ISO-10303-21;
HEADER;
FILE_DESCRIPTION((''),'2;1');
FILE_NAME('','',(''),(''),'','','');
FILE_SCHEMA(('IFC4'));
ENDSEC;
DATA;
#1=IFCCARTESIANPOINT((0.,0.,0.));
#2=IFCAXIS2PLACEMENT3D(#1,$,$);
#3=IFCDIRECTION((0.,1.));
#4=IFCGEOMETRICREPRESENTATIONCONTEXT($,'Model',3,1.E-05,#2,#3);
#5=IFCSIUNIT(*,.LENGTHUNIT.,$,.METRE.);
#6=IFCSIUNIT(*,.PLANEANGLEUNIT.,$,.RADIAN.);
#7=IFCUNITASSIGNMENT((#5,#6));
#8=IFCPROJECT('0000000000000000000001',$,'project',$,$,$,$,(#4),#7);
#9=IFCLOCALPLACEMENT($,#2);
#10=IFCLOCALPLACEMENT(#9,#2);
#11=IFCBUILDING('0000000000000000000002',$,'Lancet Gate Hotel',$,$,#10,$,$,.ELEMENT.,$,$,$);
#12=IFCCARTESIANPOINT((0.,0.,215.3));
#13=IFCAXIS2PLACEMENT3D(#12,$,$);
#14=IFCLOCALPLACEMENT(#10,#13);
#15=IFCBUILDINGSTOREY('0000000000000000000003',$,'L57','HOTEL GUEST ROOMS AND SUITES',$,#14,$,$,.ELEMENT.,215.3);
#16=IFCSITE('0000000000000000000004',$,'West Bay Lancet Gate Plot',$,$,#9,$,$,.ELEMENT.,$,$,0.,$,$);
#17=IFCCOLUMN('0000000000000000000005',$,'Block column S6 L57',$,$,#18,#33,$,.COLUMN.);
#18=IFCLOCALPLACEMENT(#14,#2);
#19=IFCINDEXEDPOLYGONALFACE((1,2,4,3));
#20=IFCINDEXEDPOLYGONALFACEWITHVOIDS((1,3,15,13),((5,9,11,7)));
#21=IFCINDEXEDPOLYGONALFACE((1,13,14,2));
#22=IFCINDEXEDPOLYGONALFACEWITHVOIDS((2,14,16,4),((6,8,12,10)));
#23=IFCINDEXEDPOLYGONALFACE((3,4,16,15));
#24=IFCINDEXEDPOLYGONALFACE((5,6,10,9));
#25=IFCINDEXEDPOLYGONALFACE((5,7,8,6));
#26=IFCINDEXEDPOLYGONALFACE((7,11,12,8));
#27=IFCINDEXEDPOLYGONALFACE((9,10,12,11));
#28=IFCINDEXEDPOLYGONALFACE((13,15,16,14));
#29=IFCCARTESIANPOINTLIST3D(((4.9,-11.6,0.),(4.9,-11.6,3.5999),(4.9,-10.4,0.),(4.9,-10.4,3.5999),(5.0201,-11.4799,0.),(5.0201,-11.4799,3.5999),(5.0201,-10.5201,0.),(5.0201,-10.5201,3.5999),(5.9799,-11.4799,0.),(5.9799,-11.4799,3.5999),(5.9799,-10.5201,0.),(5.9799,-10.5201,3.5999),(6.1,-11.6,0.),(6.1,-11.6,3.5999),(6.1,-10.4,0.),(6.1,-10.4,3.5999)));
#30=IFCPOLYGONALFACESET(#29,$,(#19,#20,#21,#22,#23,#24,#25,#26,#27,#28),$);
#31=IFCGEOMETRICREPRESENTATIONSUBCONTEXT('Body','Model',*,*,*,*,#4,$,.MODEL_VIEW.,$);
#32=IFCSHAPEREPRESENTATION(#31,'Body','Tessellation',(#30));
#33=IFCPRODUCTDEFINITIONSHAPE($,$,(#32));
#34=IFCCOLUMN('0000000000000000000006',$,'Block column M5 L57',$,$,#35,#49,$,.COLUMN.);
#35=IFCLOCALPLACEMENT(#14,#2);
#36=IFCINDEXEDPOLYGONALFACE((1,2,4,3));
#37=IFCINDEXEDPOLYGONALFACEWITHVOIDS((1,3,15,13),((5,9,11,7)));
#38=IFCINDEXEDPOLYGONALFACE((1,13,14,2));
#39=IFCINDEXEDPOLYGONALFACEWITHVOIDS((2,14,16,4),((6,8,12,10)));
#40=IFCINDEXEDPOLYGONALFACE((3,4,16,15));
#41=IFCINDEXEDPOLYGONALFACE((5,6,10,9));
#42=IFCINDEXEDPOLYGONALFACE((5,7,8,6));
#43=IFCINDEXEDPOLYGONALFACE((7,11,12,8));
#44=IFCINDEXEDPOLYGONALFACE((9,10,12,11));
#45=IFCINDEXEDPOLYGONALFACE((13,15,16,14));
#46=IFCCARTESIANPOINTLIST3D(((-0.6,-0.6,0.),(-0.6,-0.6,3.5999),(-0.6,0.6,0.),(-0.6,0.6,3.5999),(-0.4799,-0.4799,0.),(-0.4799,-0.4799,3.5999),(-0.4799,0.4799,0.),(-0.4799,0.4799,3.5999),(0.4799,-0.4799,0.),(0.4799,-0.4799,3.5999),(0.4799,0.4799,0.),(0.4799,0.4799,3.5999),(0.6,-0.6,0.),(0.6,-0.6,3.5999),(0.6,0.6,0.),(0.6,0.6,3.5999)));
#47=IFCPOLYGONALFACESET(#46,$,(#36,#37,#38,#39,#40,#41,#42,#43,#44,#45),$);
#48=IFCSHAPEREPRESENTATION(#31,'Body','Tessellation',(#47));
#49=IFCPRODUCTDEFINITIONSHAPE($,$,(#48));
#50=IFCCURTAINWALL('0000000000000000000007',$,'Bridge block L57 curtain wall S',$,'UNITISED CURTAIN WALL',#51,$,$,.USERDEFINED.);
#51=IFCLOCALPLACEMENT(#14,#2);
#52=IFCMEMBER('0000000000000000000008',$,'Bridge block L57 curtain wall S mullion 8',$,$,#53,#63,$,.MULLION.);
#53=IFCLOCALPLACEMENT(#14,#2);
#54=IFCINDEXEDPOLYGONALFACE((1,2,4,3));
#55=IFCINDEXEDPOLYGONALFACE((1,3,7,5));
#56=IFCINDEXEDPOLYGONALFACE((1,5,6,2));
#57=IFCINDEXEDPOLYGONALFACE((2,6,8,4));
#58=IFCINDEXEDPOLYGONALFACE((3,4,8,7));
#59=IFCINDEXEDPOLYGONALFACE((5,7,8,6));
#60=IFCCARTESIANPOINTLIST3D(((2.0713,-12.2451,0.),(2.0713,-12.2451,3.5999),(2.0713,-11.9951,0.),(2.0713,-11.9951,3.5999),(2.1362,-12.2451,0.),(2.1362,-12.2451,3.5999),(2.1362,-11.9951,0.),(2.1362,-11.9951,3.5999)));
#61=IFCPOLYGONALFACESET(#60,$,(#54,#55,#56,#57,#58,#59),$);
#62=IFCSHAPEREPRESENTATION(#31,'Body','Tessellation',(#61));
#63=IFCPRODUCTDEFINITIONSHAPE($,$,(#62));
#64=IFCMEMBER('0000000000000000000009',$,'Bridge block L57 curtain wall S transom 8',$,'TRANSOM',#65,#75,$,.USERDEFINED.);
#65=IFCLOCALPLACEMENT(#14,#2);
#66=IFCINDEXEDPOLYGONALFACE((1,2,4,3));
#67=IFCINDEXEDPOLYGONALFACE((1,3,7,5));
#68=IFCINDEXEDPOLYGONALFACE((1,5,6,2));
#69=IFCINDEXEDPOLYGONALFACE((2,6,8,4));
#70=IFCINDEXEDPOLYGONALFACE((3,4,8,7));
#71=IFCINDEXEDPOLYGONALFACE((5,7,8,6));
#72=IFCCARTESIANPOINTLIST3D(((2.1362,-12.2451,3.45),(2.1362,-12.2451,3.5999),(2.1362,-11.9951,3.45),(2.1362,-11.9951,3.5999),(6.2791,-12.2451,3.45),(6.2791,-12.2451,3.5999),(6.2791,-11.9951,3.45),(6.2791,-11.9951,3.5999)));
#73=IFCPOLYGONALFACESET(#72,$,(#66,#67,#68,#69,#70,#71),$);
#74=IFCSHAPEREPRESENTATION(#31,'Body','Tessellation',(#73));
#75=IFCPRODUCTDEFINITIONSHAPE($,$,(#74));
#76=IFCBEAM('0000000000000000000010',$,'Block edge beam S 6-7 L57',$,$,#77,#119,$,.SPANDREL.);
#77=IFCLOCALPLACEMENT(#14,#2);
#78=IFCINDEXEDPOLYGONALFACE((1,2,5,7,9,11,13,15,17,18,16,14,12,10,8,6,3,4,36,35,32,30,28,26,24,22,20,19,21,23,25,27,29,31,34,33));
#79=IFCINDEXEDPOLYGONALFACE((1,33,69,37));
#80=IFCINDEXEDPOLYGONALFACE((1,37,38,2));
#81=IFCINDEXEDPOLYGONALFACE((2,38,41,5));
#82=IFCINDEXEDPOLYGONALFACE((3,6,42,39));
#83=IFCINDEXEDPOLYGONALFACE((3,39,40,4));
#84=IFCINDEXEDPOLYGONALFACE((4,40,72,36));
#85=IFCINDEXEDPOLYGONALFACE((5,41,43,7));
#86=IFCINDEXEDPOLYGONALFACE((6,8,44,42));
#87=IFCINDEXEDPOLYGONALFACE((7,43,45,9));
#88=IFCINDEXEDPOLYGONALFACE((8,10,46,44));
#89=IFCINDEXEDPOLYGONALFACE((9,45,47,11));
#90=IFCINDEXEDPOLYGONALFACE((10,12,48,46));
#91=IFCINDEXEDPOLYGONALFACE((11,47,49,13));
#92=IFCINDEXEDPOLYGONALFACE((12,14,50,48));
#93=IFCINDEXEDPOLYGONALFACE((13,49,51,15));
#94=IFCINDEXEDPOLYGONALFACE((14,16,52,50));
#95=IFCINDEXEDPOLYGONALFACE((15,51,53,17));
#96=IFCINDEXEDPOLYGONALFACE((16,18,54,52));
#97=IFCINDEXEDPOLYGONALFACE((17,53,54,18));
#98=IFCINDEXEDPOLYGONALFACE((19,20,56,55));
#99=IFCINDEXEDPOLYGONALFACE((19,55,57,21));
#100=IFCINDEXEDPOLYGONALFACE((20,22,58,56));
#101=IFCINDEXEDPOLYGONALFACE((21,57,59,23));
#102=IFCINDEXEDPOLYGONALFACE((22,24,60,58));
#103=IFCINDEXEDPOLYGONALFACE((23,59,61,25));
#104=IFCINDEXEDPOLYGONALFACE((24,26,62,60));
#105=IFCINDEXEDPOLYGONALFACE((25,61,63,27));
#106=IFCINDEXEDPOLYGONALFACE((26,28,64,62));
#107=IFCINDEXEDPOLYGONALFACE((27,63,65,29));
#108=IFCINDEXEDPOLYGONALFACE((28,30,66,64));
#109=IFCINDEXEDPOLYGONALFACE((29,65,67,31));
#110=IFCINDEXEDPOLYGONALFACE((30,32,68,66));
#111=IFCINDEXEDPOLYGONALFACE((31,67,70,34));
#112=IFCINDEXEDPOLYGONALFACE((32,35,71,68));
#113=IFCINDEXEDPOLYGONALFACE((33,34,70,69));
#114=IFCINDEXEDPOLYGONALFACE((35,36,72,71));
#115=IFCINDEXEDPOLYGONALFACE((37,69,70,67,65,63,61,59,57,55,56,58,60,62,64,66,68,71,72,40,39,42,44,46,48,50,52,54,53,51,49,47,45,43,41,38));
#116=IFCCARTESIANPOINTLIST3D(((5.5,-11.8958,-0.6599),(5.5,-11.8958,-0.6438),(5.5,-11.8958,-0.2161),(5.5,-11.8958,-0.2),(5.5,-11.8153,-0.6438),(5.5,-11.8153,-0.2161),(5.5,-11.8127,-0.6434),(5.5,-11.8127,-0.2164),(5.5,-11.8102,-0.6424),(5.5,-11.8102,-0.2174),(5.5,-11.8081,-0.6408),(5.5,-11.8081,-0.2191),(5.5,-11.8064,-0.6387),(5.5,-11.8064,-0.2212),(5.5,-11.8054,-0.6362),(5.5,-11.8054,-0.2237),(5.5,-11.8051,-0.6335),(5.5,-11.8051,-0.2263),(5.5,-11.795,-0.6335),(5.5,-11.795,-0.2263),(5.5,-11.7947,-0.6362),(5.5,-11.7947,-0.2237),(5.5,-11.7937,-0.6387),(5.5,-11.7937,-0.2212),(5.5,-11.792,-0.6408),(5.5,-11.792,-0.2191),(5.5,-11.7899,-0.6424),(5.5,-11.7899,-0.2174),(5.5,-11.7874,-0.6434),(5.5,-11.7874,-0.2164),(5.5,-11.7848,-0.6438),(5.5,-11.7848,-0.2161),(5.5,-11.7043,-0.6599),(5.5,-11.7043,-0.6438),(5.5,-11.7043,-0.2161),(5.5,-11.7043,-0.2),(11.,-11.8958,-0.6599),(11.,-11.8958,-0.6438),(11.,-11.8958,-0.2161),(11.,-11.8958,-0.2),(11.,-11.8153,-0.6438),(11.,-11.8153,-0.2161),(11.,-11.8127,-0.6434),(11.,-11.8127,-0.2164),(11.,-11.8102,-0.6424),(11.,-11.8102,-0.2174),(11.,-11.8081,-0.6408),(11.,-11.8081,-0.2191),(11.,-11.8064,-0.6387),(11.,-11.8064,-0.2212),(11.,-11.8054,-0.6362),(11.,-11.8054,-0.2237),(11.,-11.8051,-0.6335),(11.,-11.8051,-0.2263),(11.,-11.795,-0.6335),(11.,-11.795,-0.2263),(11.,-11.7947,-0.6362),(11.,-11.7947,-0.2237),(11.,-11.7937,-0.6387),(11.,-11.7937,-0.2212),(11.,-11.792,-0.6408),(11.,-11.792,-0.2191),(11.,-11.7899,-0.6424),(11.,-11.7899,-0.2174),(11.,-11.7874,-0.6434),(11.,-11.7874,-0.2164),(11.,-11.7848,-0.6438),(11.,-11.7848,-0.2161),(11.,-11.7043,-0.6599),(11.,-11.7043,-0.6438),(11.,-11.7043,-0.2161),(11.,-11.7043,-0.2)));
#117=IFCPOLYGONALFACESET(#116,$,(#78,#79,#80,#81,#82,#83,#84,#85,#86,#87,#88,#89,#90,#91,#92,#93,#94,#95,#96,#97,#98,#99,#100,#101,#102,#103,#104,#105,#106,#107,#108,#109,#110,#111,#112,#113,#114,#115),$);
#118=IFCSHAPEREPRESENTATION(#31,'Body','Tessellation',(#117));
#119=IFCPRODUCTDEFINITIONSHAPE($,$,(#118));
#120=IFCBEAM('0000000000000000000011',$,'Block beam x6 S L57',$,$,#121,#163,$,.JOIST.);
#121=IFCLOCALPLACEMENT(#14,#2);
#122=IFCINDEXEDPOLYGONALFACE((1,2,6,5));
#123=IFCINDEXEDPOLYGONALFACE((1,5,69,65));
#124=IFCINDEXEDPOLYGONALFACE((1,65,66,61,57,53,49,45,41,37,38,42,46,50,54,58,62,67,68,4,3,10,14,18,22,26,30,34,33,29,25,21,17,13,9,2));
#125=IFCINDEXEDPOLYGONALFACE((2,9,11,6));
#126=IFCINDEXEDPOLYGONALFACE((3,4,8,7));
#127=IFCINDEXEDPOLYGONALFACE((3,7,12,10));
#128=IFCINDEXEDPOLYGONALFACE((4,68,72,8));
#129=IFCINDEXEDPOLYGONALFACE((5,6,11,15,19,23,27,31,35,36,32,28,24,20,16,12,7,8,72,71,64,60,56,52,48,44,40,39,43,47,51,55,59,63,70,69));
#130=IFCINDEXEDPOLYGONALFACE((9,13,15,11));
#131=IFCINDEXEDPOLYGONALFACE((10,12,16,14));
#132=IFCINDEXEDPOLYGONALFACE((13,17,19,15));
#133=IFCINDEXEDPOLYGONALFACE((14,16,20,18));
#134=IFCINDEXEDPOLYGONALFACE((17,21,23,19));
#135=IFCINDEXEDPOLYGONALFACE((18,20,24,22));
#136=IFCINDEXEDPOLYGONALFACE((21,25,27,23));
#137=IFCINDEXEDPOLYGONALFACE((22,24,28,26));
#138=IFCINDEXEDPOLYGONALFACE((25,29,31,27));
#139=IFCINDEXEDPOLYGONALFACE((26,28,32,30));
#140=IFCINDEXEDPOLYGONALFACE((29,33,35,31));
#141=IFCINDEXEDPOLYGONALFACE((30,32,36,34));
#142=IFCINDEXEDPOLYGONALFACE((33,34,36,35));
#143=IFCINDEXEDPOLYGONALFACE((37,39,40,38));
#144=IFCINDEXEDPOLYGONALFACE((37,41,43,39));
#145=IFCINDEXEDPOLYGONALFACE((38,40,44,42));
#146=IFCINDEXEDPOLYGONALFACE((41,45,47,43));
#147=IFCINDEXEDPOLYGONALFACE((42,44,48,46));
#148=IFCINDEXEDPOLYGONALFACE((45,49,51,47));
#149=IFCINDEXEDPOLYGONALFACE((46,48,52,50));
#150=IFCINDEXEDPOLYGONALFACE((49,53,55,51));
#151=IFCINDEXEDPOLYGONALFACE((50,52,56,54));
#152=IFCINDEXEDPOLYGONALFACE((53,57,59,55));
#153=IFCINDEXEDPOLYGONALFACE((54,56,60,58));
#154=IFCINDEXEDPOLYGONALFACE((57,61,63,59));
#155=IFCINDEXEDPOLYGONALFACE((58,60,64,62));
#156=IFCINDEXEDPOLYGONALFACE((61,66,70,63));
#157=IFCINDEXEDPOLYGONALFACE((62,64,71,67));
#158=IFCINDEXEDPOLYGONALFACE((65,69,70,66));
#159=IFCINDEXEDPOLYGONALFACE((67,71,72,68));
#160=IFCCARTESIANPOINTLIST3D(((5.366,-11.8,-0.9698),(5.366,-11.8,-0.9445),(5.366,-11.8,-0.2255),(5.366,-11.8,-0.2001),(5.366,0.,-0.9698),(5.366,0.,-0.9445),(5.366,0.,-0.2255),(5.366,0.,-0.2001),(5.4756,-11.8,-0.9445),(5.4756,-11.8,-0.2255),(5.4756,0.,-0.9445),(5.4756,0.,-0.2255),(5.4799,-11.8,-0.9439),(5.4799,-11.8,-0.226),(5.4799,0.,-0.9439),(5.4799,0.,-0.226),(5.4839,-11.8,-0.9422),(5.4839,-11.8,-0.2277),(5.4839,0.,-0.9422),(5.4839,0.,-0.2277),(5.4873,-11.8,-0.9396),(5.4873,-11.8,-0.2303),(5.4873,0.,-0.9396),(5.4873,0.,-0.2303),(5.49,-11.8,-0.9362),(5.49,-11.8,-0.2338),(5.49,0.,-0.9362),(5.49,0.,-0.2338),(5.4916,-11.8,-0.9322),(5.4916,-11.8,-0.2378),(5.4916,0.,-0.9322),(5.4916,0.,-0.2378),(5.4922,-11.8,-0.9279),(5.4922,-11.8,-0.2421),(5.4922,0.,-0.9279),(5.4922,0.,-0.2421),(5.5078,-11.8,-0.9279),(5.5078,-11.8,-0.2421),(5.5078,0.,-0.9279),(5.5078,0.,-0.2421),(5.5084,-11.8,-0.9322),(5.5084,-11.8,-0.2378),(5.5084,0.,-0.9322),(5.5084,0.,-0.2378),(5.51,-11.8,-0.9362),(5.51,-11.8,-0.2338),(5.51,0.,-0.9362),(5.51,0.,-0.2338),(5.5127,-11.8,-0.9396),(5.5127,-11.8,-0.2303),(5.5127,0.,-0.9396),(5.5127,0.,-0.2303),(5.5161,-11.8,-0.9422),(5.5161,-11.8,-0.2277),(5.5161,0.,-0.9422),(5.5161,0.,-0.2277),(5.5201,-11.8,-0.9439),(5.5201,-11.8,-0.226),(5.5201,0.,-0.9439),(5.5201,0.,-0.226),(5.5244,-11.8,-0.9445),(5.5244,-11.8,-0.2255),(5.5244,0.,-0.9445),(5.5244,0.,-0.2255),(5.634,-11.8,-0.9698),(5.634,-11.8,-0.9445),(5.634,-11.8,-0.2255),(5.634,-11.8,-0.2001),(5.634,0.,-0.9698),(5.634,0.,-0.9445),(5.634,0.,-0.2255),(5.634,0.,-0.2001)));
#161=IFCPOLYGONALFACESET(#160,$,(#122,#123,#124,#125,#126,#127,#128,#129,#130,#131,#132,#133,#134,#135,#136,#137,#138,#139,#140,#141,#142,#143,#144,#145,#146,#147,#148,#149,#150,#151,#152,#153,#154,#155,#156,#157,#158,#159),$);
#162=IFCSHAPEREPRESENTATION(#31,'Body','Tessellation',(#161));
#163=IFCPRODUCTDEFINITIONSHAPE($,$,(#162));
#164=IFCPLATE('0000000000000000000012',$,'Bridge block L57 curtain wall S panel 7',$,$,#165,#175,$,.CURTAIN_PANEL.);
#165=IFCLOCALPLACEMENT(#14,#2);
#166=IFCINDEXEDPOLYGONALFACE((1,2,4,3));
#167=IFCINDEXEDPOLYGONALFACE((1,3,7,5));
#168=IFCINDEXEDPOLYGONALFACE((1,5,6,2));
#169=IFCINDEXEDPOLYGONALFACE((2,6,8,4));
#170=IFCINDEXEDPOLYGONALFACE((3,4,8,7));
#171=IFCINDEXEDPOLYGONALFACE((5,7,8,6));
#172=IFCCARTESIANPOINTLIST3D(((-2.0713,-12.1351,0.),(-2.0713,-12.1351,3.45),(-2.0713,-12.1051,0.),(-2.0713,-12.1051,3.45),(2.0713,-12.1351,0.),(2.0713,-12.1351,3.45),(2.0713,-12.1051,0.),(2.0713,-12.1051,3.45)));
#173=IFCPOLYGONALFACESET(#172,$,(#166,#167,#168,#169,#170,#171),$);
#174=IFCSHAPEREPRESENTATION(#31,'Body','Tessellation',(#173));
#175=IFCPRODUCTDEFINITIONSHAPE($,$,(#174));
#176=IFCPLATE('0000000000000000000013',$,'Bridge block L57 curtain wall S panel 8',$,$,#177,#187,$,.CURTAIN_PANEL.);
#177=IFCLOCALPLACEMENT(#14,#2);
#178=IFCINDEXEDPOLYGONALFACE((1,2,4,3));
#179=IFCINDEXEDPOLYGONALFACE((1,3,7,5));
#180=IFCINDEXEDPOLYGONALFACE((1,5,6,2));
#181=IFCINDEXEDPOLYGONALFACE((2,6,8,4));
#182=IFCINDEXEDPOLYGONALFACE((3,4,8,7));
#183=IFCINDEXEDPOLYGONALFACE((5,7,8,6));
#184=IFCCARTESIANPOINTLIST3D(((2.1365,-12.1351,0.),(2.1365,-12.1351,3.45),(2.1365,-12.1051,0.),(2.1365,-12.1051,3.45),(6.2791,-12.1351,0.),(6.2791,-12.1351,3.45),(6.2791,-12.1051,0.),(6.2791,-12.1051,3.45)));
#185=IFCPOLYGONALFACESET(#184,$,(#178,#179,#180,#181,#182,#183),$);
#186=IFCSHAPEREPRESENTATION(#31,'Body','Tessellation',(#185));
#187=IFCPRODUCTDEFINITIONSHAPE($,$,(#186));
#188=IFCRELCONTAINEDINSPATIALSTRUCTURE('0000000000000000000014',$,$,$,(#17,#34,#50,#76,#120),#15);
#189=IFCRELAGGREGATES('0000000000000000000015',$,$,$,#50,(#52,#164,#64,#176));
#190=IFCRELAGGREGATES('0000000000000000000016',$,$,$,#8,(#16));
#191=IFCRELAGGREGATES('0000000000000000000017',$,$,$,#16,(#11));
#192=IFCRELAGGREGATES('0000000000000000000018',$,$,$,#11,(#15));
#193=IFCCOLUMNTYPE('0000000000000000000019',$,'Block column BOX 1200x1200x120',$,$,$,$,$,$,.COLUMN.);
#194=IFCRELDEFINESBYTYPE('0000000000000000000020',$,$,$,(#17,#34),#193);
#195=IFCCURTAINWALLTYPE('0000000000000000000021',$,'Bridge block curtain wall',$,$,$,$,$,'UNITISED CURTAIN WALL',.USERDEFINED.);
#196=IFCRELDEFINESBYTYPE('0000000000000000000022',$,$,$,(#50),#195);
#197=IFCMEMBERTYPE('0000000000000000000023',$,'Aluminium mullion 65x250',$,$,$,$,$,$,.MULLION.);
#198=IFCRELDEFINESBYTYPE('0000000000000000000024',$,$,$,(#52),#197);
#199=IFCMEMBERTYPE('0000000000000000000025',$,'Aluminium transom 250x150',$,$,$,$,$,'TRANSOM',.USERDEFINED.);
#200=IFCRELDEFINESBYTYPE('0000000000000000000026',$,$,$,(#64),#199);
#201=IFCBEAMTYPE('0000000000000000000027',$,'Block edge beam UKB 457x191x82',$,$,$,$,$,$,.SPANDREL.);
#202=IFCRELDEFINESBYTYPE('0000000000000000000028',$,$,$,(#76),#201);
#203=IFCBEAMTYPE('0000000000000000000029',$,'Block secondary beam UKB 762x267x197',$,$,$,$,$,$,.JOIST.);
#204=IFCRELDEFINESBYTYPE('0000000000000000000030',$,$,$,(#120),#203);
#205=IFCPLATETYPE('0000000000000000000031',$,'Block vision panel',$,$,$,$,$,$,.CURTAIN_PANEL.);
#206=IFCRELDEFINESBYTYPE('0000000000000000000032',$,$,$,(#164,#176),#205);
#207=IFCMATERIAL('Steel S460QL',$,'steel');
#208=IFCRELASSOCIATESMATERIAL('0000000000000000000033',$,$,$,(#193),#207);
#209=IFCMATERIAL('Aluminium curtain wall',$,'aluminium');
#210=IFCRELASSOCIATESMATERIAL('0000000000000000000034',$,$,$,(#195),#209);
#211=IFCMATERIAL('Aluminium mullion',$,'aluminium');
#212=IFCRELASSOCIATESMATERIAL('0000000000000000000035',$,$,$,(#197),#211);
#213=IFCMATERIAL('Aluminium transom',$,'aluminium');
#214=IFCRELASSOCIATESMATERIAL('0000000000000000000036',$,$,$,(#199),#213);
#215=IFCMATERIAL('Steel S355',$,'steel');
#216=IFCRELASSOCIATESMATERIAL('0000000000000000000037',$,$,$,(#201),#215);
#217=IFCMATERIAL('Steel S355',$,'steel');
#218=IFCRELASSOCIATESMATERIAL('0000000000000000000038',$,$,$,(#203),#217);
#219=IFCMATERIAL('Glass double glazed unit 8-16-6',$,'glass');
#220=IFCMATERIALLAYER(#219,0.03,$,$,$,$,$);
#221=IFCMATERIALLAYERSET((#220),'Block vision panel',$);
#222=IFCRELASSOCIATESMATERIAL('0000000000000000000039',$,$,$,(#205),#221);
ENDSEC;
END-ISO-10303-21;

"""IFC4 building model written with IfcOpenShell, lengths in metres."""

from ifc_helpers import new_model, si_unit, direction, frame, origin, origin_2d, place, context, subcontext, project, spatial, rectangle, hollow_rectangle, i_section, extrude, material, layer, layer_set, material_profile, profile_set, type_object, element, aggregate, save


model = new_model("IFC4")

# Units and contexts
model_context = context("Model", 3, precision=1e-05, world=origin(), true_north=direction((0.0, 1.0)))
body_context = subcontext(model_context, "Body", "Model", "MODEL_VIEW")
ifc_project = project(units=[si_unit("LENGTHUNIT", "METRE"), si_unit("PLANEANGLEUNIT", "RADIAN")], contexts=[model_context])

# Site, building, storey
site_placement = place(None, origin())
site = spatial("IfcSite", under=ifc_project, at=site_placement, Name="West Bay Lancet Gate Plot", CompositionType="ELEMENT", RefElevation=0.0)
building_placement = place(site_placement, origin())
building = spatial("IfcBuilding", under=site, at=building_placement, Name="Lancet Gate Hotel", CompositionType="ELEMENT")
storey_placement = place(building_placement, frame((0.0, 0.0, 215.3)))
storey = spatial("IfcBuildingStorey", under=building, at=storey_placement, Name="L57", Description="HOTEL GUEST ROOMS AND SUITES", CompositionType="ELEMENT", Elevation=215.3)

# Columns
ifc_material_1 = material(Name="Steel S460QL", Category="steel")
ifc_material_profile_1 = material_profile(ifc_material_1, hollow_rectangle(XDim=1.2, YDim=1.2, WallThickness=0.1201, at=origin_2d()), Name="BOX 1200x1200x120")
ifc_profile_set_1 = profile_set([ifc_material_profile_1], Name="Steel S460QL")
column_type = type_object("IfcColumnType", Name="Block column BOX 1200x1200x120", PredefinedType="COLUMN", material=ifc_profile_set_1)
for number, where, z_axis, x_axis, name in (
    (1, (5.5, -11.0, 0.0), (0.0, 0.0, 1.0), (1.0, 0.0, 0.0), "Block column S6 L57"),
    (2, (0.0, 0.0, 0.0), (0.0, 0.0, 1.0), (1.0, 0.0, 0.0), "Block column M5 L57"),
):
    element("IfcColumn", number, at=place(storey_placement, frame(where, z_axis=z_axis, x_axis=x_axis)), inside=storey, type_object=column_type, Name=name, PredefinedType="COLUMN", context=body_context, shape_type="SweptSolid", body=[
        extrude(hollow_rectangle(XDim=1.2, YDim=1.2, WallThickness=0.1201, at=origin_2d()), origin(), (0.0, 0.0, 1.0), 3.5999),
    ])

# Curtain wall, members
ifc_material_2 = material(Name="Aluminium curtain wall", Category="aluminium")
curtain_wall_type = type_object("IfcCurtainWallType", Name="Bridge block curtain wall", ElementType="UNITISED CURTAIN WALL", PredefinedType="USERDEFINED", material=ifc_material_2)
curtain_wall_placement = place(storey_placement, origin())
curtain_wall = element("IfcCurtainWall", 3, at=curtain_wall_placement, inside=storey, type_object=curtain_wall_type, Name="Bridge block L57 curtain wall S", ObjectType="UNITISED CURTAIN WALL", PredefinedType="USERDEFINED")
ifc_material_3 = material(Name="Aluminium mullion", Category="aluminium")
ifc_material_profile_2 = material_profile(ifc_material_3, rectangle(XDim=0.0649, YDim=0.25, at=origin_2d()), Name="MULLION 65x250")
ifc_profile_set_2 = profile_set([ifc_material_profile_2], Name="Aluminium mullion")
member_type_1 = type_object("IfcMemberType", Name="Aluminium mullion 65x250", PredefinedType="MULLION", material=ifc_profile_set_2)
member_1_placement = place(storey_placement, frame((2.1038, -12.1201, 0.0), z_axis=(0.0, 0.0, 1.0), x_axis=(1.0, 0.0, 0.0)))
member_1 = element("IfcMember", 4, at=member_1_placement, type_object=member_type_1, Name="Bridge block L57 curtain wall S mullion 8", PredefinedType="MULLION", context=body_context, shape_type="SweptSolid", body=[
    extrude(rectangle(XDim=0.0649, YDim=0.25, at=origin_2d()), origin(), (0.0, 0.0, 1.0), 3.5999),
])
ifc_material_4 = material(Name="Aluminium transom", Category="aluminium")
ifc_material_profile_3 = material_profile(ifc_material_4, rectangle(XDim=0.25, YDim=0.1499, at=origin_2d()), Name="TRANSOM 250x150")
ifc_profile_set_3 = profile_set([ifc_material_profile_3], Name="Aluminium transom")
member_type_2 = type_object("IfcMemberType", Name="Aluminium transom 250x150", ElementType="TRANSOM", PredefinedType="USERDEFINED", material=ifc_profile_set_3)
member_2_placement = place(storey_placement, frame((2.1362, -12.1201, 3.5249), z_axis=(1.0, 0.0, 0.0), x_axis=(0.0, 1.0, 0.0)))
member_2 = element("IfcMember", 5, at=member_2_placement, type_object=member_type_2, Name="Bridge block L57 curtain wall S transom 8", ObjectType="TRANSOM", PredefinedType="USERDEFINED", context=body_context, shape_type="SweptSolid", body=[
    extrude(rectangle(XDim=0.25, YDim=0.1499, at=origin_2d()), origin(), (0.0, 0.0, 1.0), 4.1428),
])

# Beams
ifc_material_5 = material(Name="Steel S355", Category="steel")
ifc_material_profile_4 = material_profile(ifc_material_5, i_section(OverallWidth=0.1914, OverallDepth=0.46, WebThickness=0.01, FlangeThickness=0.0161, FilletRadius=0.0103, at=origin_2d()), Name="UKB 457x191x82")
ifc_profile_set_4 = profile_set([ifc_material_profile_4], Name="Steel S355")
beam_type_1 = type_object("IfcBeamType", Name="Block edge beam UKB 457x191x82", PredefinedType="SPANDREL", material=ifc_profile_set_4)
beam_1_placement = place(storey_placement, frame((5.5, -11.8, -0.4299), z_axis=(1.0, 0.0, 0.0), x_axis=(0.0, 1.0, 0.0)))
element("IfcBeam", 6, at=beam_1_placement, inside=storey, type_object=beam_type_1, Name="Block edge beam S 6-7 L57", PredefinedType="SPANDREL", context=body_context, shape_type="SweptSolid", body=[
    extrude(i_section(OverallWidth=0.1914, OverallDepth=0.46, WebThickness=0.01, FlangeThickness=0.0161, FilletRadius=0.0103, at=origin_2d()), origin(), (0.0, 0.0, 1.0), 5.5),
])
ifc_material_6 = material(Name="Steel S355", Category="steel")
ifc_material_profile_5 = material_profile(ifc_material_6, i_section(OverallWidth=0.2681, OverallDepth=0.7698, WebThickness=0.0156, FlangeThickness=0.0254, FilletRadius=0.0166, at=origin_2d()), Name="UKB 762x267x197")
ifc_profile_set_5 = profile_set([ifc_material_profile_5], Name="Steel S355")
beam_type_2 = type_object("IfcBeamType", Name="Block secondary beam UKB 762x267x197", PredefinedType="JOIST", material=ifc_profile_set_5)
beam_2_placement = place(storey_placement, frame((5.5, -11.8, -0.585), z_axis=(0.0, 1.0, 0.0), x_axis=(-1.0, 0.0, 0.0)))
element("IfcBeam", 7, at=beam_2_placement, inside=storey, type_object=beam_type_2, Name="Block beam x6 S L57", PredefinedType="JOIST", context=body_context, shape_type="SweptSolid", body=[
    extrude(i_section(OverallWidth=0.2681, OverallDepth=0.7698, WebThickness=0.0156, FlangeThickness=0.0254, FilletRadius=0.0166, at=origin_2d()), origin(), (0.0, 0.0, 1.0), 11.8),
])

# Plates
ifc_material_7 = material(Name="Glass double glazed unit 8-16-6", Category="glass")
ifc_layer_1 = layer(ifc_material_7, 0.03)
ifc_layer_set_1 = layer_set([ifc_layer_1], Name="Block vision panel")
plate_type_1 = type_object("IfcPlateType", Name="Block vision panel", PredefinedType="CURTAIN_PANEL", material=ifc_layer_set_1)
plate_1_placement = place(storey_placement, frame((0.0, -12.1201, 0.0), z_axis=(0.0, 0.0, 1.0), x_axis=(1.0, 0.0, 0.0)))
plate_1 = element("IfcPlate", 8, at=plate_1_placement, type_object=plate_type_1, Name="Bridge block L57 curtain wall S panel 7", PredefinedType="CURTAIN_PANEL", context=body_context, shape_type="SweptSolid", body=[
    extrude(rectangle(XDim=4.1426, YDim=0.03, at=origin_2d()), origin(), (0.0, 0.0, 1.0), 3.45),
])
plate_2_placement = place(storey_placement, frame((4.2078, -12.1201, 0.0), z_axis=(0.0, 0.0, 1.0), x_axis=(1.0, 0.0, 0.0)))
plate_2 = element("IfcPlate", 9, at=plate_2_placement, type_object=plate_type_1, Name="Bridge block L57 curtain wall S panel 8", PredefinedType="CURTAIN_PANEL", context=body_context, shape_type="SweptSolid", body=[
    extrude(rectangle(XDim=4.1426, YDim=0.03, at=origin_2d()), origin(), (0.0, 0.0, 1.0), 3.45),
])
aggregate(curtain_wall, [member_1, plate_1, member_2, plate_2])

save(model, "model.ifc")
